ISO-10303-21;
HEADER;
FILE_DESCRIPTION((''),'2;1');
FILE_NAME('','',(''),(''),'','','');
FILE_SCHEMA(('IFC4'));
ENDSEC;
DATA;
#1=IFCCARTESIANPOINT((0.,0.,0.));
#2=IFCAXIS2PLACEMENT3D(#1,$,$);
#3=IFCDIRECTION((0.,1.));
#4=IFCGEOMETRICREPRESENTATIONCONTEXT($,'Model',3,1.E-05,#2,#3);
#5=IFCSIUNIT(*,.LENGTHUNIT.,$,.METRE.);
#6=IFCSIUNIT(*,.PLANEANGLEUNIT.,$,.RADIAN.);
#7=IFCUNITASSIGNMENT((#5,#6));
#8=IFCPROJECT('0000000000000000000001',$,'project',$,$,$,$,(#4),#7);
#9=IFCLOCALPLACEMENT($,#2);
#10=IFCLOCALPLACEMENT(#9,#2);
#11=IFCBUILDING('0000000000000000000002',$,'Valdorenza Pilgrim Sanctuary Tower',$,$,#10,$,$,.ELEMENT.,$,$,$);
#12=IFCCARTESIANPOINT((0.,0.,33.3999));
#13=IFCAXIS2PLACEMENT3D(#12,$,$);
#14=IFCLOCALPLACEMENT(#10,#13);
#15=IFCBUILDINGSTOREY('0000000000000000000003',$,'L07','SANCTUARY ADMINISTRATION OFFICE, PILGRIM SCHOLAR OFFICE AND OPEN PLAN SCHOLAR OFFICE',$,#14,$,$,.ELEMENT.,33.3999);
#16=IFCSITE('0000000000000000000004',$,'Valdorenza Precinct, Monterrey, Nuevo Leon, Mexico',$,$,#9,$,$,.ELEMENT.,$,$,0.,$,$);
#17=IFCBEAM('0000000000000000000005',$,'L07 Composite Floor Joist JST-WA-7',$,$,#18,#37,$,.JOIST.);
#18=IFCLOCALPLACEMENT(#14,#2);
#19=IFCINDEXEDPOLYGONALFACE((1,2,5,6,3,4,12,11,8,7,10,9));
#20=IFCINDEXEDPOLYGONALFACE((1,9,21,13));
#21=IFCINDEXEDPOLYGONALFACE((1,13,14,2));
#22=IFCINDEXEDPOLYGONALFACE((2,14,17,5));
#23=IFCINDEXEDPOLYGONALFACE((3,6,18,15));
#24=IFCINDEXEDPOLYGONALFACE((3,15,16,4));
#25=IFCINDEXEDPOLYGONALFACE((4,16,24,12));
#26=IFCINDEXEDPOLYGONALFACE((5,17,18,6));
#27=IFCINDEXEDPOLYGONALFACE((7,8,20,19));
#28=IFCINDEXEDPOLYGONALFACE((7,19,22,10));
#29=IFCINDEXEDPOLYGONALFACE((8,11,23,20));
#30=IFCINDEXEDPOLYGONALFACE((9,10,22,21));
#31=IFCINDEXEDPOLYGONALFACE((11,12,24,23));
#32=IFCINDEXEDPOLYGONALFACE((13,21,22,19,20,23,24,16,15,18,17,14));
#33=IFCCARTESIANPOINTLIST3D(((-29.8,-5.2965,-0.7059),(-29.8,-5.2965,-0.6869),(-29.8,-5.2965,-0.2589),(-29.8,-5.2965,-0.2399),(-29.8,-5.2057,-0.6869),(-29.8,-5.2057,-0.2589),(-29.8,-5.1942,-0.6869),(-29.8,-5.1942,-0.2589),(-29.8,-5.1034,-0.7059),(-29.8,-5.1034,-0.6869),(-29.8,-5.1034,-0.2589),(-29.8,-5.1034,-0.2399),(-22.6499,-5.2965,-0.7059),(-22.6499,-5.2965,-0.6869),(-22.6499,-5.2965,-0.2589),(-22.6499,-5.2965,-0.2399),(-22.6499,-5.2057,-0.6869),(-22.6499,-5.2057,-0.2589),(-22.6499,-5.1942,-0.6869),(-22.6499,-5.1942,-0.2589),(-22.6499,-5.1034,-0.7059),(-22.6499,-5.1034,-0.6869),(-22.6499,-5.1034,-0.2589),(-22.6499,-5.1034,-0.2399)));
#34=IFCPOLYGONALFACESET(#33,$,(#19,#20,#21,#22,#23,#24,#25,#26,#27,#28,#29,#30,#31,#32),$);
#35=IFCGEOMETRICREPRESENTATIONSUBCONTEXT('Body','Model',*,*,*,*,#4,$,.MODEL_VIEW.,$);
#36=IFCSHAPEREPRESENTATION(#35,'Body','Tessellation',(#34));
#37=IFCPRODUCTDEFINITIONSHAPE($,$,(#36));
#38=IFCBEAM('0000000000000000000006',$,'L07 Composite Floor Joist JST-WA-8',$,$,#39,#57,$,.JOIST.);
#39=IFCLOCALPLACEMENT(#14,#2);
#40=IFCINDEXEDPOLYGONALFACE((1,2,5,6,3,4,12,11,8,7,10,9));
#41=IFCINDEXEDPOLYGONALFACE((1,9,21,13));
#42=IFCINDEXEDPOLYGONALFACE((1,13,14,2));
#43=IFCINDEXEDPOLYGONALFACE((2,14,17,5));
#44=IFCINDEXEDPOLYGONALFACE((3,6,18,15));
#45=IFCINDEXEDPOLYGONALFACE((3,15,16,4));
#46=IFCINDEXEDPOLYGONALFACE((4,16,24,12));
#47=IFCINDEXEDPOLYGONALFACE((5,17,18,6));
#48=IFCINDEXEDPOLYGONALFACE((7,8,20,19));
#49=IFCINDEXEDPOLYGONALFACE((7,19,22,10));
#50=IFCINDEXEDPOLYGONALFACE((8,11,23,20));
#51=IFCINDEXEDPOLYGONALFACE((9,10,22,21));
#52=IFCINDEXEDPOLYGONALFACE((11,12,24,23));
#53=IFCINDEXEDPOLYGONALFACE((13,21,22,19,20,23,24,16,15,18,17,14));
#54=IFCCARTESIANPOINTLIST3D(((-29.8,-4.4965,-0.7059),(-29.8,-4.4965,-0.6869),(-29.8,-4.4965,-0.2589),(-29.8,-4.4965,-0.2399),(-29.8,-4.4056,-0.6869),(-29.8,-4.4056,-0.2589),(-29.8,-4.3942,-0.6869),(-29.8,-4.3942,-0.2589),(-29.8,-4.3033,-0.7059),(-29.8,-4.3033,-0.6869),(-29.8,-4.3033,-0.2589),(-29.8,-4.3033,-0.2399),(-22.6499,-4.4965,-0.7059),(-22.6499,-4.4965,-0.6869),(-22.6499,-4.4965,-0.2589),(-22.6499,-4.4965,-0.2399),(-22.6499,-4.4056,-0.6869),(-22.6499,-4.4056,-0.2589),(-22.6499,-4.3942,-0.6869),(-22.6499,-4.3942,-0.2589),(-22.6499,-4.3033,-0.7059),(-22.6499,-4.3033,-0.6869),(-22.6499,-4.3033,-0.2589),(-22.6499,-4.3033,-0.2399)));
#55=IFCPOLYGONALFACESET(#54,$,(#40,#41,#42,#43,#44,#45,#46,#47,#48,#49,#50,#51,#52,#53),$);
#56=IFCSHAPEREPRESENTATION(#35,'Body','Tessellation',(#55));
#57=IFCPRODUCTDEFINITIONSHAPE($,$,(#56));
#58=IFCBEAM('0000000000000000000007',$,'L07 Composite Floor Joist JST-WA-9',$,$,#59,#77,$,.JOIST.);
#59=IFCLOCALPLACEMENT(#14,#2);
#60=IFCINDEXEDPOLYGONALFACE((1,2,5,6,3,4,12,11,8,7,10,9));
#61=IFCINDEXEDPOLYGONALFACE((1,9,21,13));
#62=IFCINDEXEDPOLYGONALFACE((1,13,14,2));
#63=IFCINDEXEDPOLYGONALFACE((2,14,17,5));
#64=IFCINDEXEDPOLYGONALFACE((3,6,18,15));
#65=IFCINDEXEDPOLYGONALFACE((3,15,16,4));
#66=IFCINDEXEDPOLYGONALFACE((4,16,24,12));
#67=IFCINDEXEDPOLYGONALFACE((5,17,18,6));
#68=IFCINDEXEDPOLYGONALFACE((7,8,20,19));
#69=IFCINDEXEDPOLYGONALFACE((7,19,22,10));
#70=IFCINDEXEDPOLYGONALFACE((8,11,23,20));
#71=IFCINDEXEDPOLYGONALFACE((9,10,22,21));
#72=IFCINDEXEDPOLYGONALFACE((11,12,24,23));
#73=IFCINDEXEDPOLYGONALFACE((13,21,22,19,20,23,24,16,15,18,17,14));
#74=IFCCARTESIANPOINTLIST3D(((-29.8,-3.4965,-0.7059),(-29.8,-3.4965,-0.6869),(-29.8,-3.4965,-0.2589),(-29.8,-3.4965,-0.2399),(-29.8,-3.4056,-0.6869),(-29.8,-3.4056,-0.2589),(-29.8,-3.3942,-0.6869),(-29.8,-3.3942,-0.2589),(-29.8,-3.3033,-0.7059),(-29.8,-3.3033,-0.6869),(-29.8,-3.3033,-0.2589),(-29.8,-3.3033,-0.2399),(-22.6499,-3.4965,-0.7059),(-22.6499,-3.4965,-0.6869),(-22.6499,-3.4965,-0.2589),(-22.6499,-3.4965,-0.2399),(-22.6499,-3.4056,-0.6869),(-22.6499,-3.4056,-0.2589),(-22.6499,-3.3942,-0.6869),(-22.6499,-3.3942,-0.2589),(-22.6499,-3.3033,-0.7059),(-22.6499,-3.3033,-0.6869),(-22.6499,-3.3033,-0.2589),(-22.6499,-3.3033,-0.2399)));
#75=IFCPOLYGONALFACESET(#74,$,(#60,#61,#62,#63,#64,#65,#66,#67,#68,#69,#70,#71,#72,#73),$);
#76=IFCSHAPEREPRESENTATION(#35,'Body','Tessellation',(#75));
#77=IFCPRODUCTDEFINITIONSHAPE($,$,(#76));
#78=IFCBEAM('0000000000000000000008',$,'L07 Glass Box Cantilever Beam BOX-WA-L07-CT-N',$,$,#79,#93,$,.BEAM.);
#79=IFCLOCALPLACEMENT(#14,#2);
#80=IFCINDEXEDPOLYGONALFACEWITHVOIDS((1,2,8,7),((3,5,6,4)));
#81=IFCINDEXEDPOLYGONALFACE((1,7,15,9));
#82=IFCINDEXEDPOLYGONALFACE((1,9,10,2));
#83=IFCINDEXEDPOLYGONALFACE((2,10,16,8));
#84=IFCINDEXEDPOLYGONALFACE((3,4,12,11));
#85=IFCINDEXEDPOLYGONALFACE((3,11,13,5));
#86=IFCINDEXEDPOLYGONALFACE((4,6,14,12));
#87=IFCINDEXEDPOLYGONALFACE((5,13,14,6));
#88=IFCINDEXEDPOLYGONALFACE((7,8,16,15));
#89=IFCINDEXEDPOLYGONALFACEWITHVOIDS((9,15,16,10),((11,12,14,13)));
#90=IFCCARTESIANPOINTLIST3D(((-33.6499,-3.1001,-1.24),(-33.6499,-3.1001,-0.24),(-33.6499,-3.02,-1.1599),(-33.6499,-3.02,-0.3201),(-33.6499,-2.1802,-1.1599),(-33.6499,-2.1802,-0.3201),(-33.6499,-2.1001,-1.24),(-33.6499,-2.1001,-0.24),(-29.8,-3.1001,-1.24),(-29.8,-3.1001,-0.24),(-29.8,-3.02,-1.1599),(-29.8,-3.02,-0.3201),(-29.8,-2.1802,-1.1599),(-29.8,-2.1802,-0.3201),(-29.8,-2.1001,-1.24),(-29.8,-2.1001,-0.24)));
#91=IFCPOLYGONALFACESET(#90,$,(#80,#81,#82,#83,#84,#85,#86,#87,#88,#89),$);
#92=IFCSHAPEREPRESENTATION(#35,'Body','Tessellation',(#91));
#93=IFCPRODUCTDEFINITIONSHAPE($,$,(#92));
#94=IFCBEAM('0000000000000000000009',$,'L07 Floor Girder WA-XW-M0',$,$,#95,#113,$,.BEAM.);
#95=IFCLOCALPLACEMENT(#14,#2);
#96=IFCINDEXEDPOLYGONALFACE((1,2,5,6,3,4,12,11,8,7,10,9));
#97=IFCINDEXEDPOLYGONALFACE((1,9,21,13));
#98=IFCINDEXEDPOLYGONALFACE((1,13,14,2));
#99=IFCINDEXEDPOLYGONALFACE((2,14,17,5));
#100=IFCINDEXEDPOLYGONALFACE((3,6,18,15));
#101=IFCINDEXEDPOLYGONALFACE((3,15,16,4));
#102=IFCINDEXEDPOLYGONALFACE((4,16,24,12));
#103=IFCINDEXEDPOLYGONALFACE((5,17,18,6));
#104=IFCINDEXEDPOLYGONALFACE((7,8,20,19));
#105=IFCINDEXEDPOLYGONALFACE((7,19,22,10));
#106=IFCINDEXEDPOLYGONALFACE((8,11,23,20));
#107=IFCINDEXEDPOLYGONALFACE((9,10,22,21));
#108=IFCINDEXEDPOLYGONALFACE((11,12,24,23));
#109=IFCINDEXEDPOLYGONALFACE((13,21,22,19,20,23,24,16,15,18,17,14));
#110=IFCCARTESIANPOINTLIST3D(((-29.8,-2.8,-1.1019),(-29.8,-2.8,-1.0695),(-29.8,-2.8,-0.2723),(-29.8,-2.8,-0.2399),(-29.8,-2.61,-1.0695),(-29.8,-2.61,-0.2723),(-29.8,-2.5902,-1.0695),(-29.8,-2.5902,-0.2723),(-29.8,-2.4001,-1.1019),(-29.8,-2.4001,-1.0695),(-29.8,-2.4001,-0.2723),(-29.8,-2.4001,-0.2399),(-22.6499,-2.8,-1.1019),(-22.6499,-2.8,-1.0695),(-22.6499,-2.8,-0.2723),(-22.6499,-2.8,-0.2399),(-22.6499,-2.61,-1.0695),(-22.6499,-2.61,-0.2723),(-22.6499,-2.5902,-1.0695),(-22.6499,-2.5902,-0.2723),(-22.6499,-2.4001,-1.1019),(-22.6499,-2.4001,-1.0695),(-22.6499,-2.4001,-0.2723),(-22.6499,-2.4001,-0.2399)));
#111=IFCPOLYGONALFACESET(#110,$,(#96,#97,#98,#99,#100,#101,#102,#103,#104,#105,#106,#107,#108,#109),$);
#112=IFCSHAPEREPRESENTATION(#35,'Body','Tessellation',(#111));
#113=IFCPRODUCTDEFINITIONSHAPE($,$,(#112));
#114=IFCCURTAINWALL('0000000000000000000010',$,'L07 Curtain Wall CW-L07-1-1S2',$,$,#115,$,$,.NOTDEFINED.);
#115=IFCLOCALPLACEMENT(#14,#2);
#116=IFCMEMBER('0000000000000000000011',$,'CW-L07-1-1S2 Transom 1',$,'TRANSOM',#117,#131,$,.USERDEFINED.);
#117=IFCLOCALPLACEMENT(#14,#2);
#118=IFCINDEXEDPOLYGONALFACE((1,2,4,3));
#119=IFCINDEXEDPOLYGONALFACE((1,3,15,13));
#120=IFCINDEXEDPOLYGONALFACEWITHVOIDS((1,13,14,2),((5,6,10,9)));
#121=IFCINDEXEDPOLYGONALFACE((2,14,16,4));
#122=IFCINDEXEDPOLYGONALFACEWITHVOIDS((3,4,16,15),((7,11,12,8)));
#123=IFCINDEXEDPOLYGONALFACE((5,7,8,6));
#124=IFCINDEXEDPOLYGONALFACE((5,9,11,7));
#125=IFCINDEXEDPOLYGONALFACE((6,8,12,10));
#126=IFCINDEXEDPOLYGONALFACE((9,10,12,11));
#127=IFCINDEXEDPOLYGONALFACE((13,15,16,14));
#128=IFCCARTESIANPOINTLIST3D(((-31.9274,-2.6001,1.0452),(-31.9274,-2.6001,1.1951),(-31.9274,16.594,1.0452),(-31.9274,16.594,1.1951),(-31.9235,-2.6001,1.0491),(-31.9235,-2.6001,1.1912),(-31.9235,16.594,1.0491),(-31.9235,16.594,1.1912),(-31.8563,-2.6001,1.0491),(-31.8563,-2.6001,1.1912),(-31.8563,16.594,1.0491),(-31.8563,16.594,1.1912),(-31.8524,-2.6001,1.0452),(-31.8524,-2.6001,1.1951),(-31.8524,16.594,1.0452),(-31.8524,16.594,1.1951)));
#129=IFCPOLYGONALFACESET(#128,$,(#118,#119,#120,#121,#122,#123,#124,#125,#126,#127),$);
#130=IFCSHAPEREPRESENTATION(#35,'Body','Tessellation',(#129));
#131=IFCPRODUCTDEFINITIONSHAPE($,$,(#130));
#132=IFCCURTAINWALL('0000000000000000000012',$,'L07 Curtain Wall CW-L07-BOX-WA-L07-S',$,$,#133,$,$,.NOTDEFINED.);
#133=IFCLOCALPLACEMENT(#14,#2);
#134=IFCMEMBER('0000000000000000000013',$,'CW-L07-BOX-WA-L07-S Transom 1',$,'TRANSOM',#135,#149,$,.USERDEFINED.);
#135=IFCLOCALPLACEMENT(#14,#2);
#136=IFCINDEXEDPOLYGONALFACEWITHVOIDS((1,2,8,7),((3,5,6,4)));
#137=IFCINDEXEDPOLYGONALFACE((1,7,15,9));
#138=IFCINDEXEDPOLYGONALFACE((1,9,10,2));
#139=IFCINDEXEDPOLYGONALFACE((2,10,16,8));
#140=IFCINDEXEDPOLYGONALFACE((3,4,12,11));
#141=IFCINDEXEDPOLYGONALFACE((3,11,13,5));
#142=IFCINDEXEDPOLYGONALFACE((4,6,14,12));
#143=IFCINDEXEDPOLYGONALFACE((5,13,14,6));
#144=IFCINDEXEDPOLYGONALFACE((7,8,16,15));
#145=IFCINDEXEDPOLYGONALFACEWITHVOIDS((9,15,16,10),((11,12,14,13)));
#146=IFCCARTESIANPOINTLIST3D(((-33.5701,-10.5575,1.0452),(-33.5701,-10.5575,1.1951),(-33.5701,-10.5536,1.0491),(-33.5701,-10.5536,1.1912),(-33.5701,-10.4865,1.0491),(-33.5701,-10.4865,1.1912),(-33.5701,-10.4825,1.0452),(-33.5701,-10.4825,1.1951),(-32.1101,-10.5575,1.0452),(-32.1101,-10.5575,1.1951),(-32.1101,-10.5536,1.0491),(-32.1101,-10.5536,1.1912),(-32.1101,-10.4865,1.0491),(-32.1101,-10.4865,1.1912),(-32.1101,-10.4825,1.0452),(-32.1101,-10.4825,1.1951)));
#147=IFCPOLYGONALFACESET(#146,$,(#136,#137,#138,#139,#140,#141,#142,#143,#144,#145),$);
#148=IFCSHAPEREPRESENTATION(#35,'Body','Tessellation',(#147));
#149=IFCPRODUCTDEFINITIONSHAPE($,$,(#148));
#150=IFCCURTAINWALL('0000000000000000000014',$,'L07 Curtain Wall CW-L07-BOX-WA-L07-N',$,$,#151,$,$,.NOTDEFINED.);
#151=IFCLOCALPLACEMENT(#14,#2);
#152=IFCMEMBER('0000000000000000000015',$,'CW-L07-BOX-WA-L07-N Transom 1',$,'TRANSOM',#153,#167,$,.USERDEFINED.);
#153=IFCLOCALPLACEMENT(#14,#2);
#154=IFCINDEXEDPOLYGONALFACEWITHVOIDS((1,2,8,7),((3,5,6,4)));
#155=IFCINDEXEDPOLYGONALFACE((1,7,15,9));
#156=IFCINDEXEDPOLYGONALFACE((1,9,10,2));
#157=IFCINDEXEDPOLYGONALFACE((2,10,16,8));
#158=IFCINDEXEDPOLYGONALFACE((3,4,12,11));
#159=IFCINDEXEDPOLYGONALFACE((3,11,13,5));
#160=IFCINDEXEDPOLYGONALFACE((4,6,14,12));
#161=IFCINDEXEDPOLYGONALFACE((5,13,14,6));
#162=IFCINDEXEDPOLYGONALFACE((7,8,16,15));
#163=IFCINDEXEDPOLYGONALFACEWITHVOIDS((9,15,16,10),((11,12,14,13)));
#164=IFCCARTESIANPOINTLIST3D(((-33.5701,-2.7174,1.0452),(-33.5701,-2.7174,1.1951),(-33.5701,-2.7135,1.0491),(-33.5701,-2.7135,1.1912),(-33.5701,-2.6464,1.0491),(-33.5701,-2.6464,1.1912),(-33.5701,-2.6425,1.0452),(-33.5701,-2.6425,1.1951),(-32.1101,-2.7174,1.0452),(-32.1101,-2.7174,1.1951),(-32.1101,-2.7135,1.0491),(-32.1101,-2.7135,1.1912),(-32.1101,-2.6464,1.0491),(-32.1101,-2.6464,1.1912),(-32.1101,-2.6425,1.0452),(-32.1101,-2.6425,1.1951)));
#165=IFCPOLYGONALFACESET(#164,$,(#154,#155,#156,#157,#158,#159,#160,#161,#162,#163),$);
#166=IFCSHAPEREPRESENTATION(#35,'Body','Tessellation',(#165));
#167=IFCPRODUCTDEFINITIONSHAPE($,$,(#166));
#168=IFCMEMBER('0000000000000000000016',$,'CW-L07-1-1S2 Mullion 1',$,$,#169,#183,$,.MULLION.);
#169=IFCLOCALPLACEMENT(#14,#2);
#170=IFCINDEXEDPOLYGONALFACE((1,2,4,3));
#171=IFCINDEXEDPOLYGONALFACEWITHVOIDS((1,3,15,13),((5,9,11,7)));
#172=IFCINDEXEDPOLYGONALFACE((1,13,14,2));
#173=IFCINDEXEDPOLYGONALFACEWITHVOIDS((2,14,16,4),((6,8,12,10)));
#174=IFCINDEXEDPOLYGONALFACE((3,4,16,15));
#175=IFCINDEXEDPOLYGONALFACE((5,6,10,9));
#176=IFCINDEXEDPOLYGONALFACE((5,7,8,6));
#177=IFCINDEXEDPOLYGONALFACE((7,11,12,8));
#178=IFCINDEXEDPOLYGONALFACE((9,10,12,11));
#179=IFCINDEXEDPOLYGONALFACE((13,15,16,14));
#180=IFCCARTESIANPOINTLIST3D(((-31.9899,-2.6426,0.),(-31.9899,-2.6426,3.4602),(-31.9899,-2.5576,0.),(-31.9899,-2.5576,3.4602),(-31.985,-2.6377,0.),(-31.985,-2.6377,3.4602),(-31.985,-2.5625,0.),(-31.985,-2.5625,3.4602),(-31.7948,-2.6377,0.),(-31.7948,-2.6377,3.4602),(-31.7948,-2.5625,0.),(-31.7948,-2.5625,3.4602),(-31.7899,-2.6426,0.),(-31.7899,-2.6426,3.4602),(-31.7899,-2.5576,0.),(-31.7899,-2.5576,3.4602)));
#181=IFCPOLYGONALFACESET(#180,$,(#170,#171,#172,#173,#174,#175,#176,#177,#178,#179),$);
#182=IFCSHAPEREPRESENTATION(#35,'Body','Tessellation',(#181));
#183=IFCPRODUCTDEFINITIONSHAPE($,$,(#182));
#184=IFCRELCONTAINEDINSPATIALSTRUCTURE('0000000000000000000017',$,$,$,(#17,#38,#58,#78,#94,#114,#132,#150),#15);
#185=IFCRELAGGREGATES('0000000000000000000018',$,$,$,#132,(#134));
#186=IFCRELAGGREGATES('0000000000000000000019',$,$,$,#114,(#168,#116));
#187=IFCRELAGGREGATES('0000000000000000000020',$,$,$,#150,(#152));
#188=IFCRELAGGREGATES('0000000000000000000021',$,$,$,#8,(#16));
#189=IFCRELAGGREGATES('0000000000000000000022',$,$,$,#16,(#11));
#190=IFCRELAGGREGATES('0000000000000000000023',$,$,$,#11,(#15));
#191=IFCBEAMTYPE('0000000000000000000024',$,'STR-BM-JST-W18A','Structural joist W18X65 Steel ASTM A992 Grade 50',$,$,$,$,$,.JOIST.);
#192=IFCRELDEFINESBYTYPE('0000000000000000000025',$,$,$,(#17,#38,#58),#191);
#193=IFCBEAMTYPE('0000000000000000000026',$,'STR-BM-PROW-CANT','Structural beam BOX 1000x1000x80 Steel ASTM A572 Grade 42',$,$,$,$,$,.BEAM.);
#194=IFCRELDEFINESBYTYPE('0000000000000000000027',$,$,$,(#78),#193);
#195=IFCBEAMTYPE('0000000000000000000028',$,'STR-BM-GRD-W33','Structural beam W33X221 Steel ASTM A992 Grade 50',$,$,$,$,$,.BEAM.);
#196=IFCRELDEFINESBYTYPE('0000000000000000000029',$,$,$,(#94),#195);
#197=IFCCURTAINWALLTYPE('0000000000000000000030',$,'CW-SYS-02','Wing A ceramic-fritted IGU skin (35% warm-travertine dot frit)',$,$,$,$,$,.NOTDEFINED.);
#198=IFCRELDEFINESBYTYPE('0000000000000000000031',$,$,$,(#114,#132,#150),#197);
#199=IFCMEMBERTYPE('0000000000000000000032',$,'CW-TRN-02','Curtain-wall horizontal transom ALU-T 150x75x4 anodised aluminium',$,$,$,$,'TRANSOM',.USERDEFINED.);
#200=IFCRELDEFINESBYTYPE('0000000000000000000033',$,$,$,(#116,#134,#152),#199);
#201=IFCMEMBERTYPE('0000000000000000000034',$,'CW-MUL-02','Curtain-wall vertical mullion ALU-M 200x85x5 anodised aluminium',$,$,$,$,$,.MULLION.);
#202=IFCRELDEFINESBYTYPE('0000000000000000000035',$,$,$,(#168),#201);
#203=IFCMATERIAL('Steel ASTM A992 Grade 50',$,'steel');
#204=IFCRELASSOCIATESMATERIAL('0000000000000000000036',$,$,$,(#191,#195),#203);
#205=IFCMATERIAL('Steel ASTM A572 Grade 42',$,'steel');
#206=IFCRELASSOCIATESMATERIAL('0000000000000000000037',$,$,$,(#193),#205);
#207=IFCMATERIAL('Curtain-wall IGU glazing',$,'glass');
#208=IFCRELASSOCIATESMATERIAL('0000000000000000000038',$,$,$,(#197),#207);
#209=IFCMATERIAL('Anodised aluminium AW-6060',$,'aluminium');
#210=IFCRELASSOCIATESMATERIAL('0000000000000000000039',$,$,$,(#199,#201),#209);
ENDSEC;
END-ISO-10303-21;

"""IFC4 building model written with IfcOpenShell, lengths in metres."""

from ifc_helpers import new_model, si_unit, direction, frame, origin, origin_2d, place, context, subcontext, project, spatial, hollow_rectangle, i_section, extrude, source, transform, mapped, material, material_profile, profile_set, type_object, element, aggregate, save


model = new_model("IFC4")

# Units and contexts
model_context = context("Model", 3, precision=1e-05, world=origin(), true_north=direction((0.0, 1.0)))
body_context = subcontext(model_context, "Body", "Model", "MODEL_VIEW")
ifc_project = project(units=[si_unit("LENGTHUNIT", "METRE"), si_unit("PLANEANGLEUNIT", "RADIAN")], contexts=[model_context])

# Site, building, storey
site_placement = place(None, origin())
site = spatial("IfcSite", under=ifc_project, at=site_placement, Name="Valdorenza Precinct, Monterrey, Nuevo Leon, Mexico", CompositionType="ELEMENT", RefElevation=0.0)
building_placement = place(site_placement, origin())
building = spatial("IfcBuilding", under=site, at=building_placement, Name="Valdorenza Pilgrim Sanctuary Tower", CompositionType="ELEMENT")
storey_placement = place(building_placement, frame((0.0, 0.0, 33.3999)))
storey = spatial("IfcBuildingStorey", under=building, at=storey_placement, Name="L07", Description="SANCTUARY ADMINISTRATION OFFICE, PILGRIM SCHOLAR OFFICE AND OPEN PLAN SCHOLAR OFFICE", CompositionType="ELEMENT", Elevation=33.3999)

# Beams
ifc_material_1 = material(Name="Steel ASTM A992 Grade 50", Category="steel")
ifc_material_profile_1 = material_profile(ifc_material_1, i_section(OverallWidth=0.1931, OverallDepth=0.4661, WebThickness=0.0115, FlangeThickness=0.019, at=origin_2d()), Name="W18X65")
ifc_profile_set_1 = profile_set([ifc_material_profile_1], Name="Steel ASTM A992 Grade 50")
beam_type_1 = type_object("IfcBeamType", Name="STR-BM-JST-W18A", Description="Structural joist W18X65 Steel ASTM A992 Grade 50", PredefinedType="JOIST", material=ifc_profile_set_1)
shared_shape_1 = source(origin(), body_context, "Body", "SweptSolid", [
    extrude(i_section(OverallWidth=0.1931, OverallDepth=0.4661, WebThickness=0.0115, FlangeThickness=0.019, at=origin_2d()), origin(), (0.0, 0.0, 1.0), 7.1501),
])
for number, where, z_axis, x_axis, name in (
    (1, (-29.8, -5.2, -0.4729), (1.0, 0.0, 0.0), (0.0, 1.0, 0.0), "L07 Composite Floor Joist JST-WA-7"),
    (2, (-29.8, -4.3999, -0.4729), (1.0, 0.0, 0.0), (0.0, 1.0, 0.0), "L07 Composite Floor Joist JST-WA-8"),
    (3, (-29.8, -3.3999, -0.4729), (1.0, 0.0, 0.0), (0.0, 1.0, 0.0), "L07 Composite Floor Joist JST-WA-9"),
):
    element("IfcBeam", number, at=place(storey_placement, frame(where, z_axis=z_axis, x_axis=x_axis)), inside=storey, type_object=beam_type_1, Name=name, PredefinedType="JOIST", context=body_context, shape_type="MappedRepresentation", body=[
        mapped(shared_shape_1, transform((0.0, 0.0, 0.0), x_axis=(1.0, 0.0, 0.0), y_axis=(0.0, 1.0, 0.0), z_axis=(0.0, 0.0, 1.0), scale=1.0)),
    ])
ifc_material_2 = material(Name="Steel ASTM A572 Grade 42", Category="steel")
ifc_material_profile_2 = material_profile(ifc_material_2, hollow_rectangle(XDim=1.0, YDim=1.0, WallThickness=0.0801, at=origin_2d()), Name="BOX 1000x1000x80")
ifc_profile_set_2 = profile_set([ifc_material_profile_2], Name="Steel ASTM A572 Grade 42")
beam_type_2 = type_object("IfcBeamType", Name="STR-BM-PROW-CANT", Description="Structural beam BOX 1000x1000x80 Steel ASTM A572 Grade 42", PredefinedType="BEAM", material=ifc_profile_set_2)
shared_shape_2 = source(origin(), body_context, "Body", "SweptSolid", [
    extrude(hollow_rectangle(XDim=1.0, YDim=1.0, WallThickness=0.0801, at=origin_2d()), origin(), (0.0, 0.0, 1.0), 3.8499),
])
beam_1_placement = place(storey_placement, frame((-29.8, -2.6001, -0.74), z_axis=(-1.0, 0.0, 0.0), x_axis=(0.0, -1.0, 0.0)))
element("IfcBeam", 4, at=beam_1_placement, inside=storey, type_object=beam_type_2, Name="L07 Glass Box Cantilever Beam BOX-WA-L07-CT-N", PredefinedType="BEAM", context=body_context, shape_type="MappedRepresentation", body=[
    mapped(shared_shape_2, transform((0.0, 0.0, 0.0), x_axis=(1.0, 0.0, 0.0), y_axis=(0.0, 1.0, 0.0), z_axis=(0.0, 0.0, 1.0), scale=1.0)),
])
ifc_material_profile_3 = material_profile(ifc_material_1, i_section(OverallWidth=0.3999, OverallDepth=0.8621, WebThickness=0.0198, FlangeThickness=0.0325, at=origin_2d()), Name="W33X221")
ifc_profile_set_3 = profile_set([ifc_material_profile_3], Name="Steel ASTM A992 Grade 50")
beam_type_3 = type_object("IfcBeamType", Name="STR-BM-GRD-W33", Description="Structural beam W33X221 Steel ASTM A992 Grade 50", PredefinedType="BEAM", material=ifc_profile_set_3)
shared_shape_3 = source(origin(), body_context, "Body", "SweptSolid", [
    extrude(i_section(OverallWidth=0.3999, OverallDepth=0.8621, WebThickness=0.0198, FlangeThickness=0.0325, at=origin_2d()), origin(), (0.0, 0.0, 1.0), 7.1501),
])
beam_2_placement = place(storey_placement, frame((-29.8, -2.6001, -0.6709), z_axis=(1.0, 0.0, 0.0), x_axis=(0.0, 1.0, 0.0)))
element("IfcBeam", 5, at=beam_2_placement, inside=storey, type_object=beam_type_3, Name="L07 Floor Girder WA-XW-M0", PredefinedType="BEAM", context=body_context, shape_type="MappedRepresentation", body=[
    mapped(shared_shape_3, transform((0.0, 0.0, 0.0), x_axis=(1.0, 0.0, 0.0), y_axis=(0.0, 1.0, 0.0), z_axis=(0.0, 0.0, 1.0), scale=1.0)),
])

# Curtain walls, members
ifc_material_3 = material(Name="Curtain-wall IGU glazing", Category="glass")
curtain_wall_type = type_object("IfcCurtainWallType", Name="CW-SYS-02", Description="Wing A ceramic-fritted IGU skin (35% warm-travertine dot frit)", PredefinedType="NOTDEFINED", material=ifc_material_3)
curtain_wall_1_placement = place(storey_placement, origin())
curtain_wall_1 = element("IfcCurtainWall", 6, at=curtain_wall_1_placement, inside=storey, type_object=curtain_wall_type, Name="L07 Curtain Wall CW-L07-1-1S2", PredefinedType="NOTDEFINED")
ifc_material_4 = material(Name="Anodised aluminium AW-6060", Category="aluminium")
ifc_material_profile_4 = material_profile(ifc_material_4, hollow_rectangle(XDim=0.075, YDim=0.1499, WallThickness=0.0039, at=origin_2d()), Name="ALU-T 150x75x4")
ifc_profile_set_4 = profile_set([ifc_material_profile_4], Name="Anodised aluminium AW-6060")
member_type_1 = type_object("IfcMemberType", Name="CW-TRN-02", Description="Curtain-wall horizontal transom ALU-T 150x75x4 anodised aluminium", ElementType="TRANSOM", PredefinedType="USERDEFINED", material=ifc_profile_set_4)
shared_shape_4 = source(origin(), body_context, "Body", "SweptSolid", [
    extrude(hollow_rectangle(XDim=0.075, YDim=0.1499, WallThickness=0.0039, at=origin_2d()), origin(), (0.0, 0.0, 1.0), 19.1941),
])
member_1_placement = place(storey_placement, frame((-31.8899, -2.6001, 1.1201), z_axis=(0.0, 1.0, 0.0), x_axis=(-1.0, 0.0, 0.0)))
member_1 = element("IfcMember", 7, at=member_1_placement, type_object=member_type_1, Name="CW-L07-1-1S2 Transom 1", ObjectType="TRANSOM", PredefinedType="USERDEFINED", context=body_context, shape_type="MappedRepresentation", body=[
    mapped(shared_shape_4, transform((0.0, 0.0, 0.0), x_axis=(1.0, 0.0, 0.0), y_axis=(0.0, 1.0, 0.0), z_axis=(0.0, 0.0, 1.0), scale=1.0)),
])
curtain_wall_2_placement = place(storey_placement, origin())
curtain_wall_2 = element("IfcCurtainWall", 8, at=curtain_wall_2_placement, inside=storey, type_object=curtain_wall_type, Name="L07 Curtain Wall CW-L07-BOX-WA-L07-S", PredefinedType="NOTDEFINED")
shared_shape_5 = source(origin(), body_context, "Body", "SweptSolid", [
    extrude(hollow_rectangle(XDim=0.075, YDim=0.1499, WallThickness=0.0039, at=origin_2d()), origin(), (0.0, 0.0, 1.0), 1.46),
])
member_2_placement = place(storey_placement, frame((-32.1101, -10.52, 1.1201), z_axis=(-1.0, 0.0, 0.0), x_axis=(0.0, -1.0, 0.0)))
member_2 = element("IfcMember", 9, at=member_2_placement, type_object=member_type_1, Name="CW-L07-BOX-WA-L07-S Transom 1", ObjectType="TRANSOM", PredefinedType="USERDEFINED", context=body_context, shape_type="MappedRepresentation", body=[
    mapped(shared_shape_5, transform((0.0, 0.0, 0.0), x_axis=(1.0, 0.0, 0.0), y_axis=(0.0, 1.0, 0.0), z_axis=(0.0, 0.0, 1.0), scale=1.0)),
])
aggregate(curtain_wall_2, [member_2])
curtain_wall_3_placement = place(storey_placement, origin())
curtain_wall_3 = element("IfcCurtainWall", 10, at=curtain_wall_3_placement, inside=storey, type_object=curtain_wall_type, Name="L07 Curtain Wall CW-L07-BOX-WA-L07-N", PredefinedType="NOTDEFINED")
member_3_placement = place(storey_placement, frame((-33.5701, -2.6799, 1.1201), z_axis=(1.0, 0.0, 0.0), x_axis=(0.0, 1.0, 0.0)))
member_3 = element("IfcMember", 11, at=member_3_placement, type_object=member_type_1, Name="CW-L07-BOX-WA-L07-N Transom 1", ObjectType="TRANSOM", PredefinedType="USERDEFINED", context=body_context, shape_type="MappedRepresentation", body=[
    mapped(shared_shape_5, transform((0.0, 0.0, 0.0), x_axis=(1.0, 0.0, 0.0), y_axis=(0.0, 1.0, 0.0), z_axis=(0.0, 0.0, 1.0), scale=1.0)),
])

# Member
ifc_material_profile_5 = material_profile(ifc_material_4, hollow_rectangle(XDim=0.085, YDim=0.2, WallThickness=0.0049, at=origin_2d()), Name="ALU-M 200x85x5")
ifc_profile_set_5 = profile_set([ifc_material_profile_5], Name="Anodised aluminium AW-6060")
member_type_2 = type_object("IfcMemberType", Name="CW-MUL-02", Description="Curtain-wall vertical mullion ALU-M 200x85x5 anodised aluminium", PredefinedType="MULLION", material=ifc_profile_set_5)
shared_shape_6 = source(origin(), body_context, "Body", "SweptSolid", [
    extrude(hollow_rectangle(XDim=0.085, YDim=0.2, WallThickness=0.0049, at=origin_2d()), origin(), (0.0, 0.0, 1.0), 3.4602),
])
member_4_placement = place(storey_placement, frame((-31.8899, -2.6001, 0.0), z_axis=(0.0, 0.0, 1.0), x_axis=(0.0, 1.0, 0.0)))
member_4 = element("IfcMember", 12, at=member_4_placement, type_object=member_type_2, Name="CW-L07-1-1S2 Mullion 1", PredefinedType="MULLION", context=body_context, shape_type="MappedRepresentation", body=[
    mapped(shared_shape_6, transform((0.0, 0.0, 0.0), x_axis=(1.0, 0.0, 0.0), y_axis=(0.0, 1.0, 0.0), z_axis=(0.0, 0.0, 1.0), scale=1.0)),
])
aggregate(curtain_wall_1, [member_4, member_1])

aggregate(curtain_wall_3, [member_3])

save(model, "model.ifc")
